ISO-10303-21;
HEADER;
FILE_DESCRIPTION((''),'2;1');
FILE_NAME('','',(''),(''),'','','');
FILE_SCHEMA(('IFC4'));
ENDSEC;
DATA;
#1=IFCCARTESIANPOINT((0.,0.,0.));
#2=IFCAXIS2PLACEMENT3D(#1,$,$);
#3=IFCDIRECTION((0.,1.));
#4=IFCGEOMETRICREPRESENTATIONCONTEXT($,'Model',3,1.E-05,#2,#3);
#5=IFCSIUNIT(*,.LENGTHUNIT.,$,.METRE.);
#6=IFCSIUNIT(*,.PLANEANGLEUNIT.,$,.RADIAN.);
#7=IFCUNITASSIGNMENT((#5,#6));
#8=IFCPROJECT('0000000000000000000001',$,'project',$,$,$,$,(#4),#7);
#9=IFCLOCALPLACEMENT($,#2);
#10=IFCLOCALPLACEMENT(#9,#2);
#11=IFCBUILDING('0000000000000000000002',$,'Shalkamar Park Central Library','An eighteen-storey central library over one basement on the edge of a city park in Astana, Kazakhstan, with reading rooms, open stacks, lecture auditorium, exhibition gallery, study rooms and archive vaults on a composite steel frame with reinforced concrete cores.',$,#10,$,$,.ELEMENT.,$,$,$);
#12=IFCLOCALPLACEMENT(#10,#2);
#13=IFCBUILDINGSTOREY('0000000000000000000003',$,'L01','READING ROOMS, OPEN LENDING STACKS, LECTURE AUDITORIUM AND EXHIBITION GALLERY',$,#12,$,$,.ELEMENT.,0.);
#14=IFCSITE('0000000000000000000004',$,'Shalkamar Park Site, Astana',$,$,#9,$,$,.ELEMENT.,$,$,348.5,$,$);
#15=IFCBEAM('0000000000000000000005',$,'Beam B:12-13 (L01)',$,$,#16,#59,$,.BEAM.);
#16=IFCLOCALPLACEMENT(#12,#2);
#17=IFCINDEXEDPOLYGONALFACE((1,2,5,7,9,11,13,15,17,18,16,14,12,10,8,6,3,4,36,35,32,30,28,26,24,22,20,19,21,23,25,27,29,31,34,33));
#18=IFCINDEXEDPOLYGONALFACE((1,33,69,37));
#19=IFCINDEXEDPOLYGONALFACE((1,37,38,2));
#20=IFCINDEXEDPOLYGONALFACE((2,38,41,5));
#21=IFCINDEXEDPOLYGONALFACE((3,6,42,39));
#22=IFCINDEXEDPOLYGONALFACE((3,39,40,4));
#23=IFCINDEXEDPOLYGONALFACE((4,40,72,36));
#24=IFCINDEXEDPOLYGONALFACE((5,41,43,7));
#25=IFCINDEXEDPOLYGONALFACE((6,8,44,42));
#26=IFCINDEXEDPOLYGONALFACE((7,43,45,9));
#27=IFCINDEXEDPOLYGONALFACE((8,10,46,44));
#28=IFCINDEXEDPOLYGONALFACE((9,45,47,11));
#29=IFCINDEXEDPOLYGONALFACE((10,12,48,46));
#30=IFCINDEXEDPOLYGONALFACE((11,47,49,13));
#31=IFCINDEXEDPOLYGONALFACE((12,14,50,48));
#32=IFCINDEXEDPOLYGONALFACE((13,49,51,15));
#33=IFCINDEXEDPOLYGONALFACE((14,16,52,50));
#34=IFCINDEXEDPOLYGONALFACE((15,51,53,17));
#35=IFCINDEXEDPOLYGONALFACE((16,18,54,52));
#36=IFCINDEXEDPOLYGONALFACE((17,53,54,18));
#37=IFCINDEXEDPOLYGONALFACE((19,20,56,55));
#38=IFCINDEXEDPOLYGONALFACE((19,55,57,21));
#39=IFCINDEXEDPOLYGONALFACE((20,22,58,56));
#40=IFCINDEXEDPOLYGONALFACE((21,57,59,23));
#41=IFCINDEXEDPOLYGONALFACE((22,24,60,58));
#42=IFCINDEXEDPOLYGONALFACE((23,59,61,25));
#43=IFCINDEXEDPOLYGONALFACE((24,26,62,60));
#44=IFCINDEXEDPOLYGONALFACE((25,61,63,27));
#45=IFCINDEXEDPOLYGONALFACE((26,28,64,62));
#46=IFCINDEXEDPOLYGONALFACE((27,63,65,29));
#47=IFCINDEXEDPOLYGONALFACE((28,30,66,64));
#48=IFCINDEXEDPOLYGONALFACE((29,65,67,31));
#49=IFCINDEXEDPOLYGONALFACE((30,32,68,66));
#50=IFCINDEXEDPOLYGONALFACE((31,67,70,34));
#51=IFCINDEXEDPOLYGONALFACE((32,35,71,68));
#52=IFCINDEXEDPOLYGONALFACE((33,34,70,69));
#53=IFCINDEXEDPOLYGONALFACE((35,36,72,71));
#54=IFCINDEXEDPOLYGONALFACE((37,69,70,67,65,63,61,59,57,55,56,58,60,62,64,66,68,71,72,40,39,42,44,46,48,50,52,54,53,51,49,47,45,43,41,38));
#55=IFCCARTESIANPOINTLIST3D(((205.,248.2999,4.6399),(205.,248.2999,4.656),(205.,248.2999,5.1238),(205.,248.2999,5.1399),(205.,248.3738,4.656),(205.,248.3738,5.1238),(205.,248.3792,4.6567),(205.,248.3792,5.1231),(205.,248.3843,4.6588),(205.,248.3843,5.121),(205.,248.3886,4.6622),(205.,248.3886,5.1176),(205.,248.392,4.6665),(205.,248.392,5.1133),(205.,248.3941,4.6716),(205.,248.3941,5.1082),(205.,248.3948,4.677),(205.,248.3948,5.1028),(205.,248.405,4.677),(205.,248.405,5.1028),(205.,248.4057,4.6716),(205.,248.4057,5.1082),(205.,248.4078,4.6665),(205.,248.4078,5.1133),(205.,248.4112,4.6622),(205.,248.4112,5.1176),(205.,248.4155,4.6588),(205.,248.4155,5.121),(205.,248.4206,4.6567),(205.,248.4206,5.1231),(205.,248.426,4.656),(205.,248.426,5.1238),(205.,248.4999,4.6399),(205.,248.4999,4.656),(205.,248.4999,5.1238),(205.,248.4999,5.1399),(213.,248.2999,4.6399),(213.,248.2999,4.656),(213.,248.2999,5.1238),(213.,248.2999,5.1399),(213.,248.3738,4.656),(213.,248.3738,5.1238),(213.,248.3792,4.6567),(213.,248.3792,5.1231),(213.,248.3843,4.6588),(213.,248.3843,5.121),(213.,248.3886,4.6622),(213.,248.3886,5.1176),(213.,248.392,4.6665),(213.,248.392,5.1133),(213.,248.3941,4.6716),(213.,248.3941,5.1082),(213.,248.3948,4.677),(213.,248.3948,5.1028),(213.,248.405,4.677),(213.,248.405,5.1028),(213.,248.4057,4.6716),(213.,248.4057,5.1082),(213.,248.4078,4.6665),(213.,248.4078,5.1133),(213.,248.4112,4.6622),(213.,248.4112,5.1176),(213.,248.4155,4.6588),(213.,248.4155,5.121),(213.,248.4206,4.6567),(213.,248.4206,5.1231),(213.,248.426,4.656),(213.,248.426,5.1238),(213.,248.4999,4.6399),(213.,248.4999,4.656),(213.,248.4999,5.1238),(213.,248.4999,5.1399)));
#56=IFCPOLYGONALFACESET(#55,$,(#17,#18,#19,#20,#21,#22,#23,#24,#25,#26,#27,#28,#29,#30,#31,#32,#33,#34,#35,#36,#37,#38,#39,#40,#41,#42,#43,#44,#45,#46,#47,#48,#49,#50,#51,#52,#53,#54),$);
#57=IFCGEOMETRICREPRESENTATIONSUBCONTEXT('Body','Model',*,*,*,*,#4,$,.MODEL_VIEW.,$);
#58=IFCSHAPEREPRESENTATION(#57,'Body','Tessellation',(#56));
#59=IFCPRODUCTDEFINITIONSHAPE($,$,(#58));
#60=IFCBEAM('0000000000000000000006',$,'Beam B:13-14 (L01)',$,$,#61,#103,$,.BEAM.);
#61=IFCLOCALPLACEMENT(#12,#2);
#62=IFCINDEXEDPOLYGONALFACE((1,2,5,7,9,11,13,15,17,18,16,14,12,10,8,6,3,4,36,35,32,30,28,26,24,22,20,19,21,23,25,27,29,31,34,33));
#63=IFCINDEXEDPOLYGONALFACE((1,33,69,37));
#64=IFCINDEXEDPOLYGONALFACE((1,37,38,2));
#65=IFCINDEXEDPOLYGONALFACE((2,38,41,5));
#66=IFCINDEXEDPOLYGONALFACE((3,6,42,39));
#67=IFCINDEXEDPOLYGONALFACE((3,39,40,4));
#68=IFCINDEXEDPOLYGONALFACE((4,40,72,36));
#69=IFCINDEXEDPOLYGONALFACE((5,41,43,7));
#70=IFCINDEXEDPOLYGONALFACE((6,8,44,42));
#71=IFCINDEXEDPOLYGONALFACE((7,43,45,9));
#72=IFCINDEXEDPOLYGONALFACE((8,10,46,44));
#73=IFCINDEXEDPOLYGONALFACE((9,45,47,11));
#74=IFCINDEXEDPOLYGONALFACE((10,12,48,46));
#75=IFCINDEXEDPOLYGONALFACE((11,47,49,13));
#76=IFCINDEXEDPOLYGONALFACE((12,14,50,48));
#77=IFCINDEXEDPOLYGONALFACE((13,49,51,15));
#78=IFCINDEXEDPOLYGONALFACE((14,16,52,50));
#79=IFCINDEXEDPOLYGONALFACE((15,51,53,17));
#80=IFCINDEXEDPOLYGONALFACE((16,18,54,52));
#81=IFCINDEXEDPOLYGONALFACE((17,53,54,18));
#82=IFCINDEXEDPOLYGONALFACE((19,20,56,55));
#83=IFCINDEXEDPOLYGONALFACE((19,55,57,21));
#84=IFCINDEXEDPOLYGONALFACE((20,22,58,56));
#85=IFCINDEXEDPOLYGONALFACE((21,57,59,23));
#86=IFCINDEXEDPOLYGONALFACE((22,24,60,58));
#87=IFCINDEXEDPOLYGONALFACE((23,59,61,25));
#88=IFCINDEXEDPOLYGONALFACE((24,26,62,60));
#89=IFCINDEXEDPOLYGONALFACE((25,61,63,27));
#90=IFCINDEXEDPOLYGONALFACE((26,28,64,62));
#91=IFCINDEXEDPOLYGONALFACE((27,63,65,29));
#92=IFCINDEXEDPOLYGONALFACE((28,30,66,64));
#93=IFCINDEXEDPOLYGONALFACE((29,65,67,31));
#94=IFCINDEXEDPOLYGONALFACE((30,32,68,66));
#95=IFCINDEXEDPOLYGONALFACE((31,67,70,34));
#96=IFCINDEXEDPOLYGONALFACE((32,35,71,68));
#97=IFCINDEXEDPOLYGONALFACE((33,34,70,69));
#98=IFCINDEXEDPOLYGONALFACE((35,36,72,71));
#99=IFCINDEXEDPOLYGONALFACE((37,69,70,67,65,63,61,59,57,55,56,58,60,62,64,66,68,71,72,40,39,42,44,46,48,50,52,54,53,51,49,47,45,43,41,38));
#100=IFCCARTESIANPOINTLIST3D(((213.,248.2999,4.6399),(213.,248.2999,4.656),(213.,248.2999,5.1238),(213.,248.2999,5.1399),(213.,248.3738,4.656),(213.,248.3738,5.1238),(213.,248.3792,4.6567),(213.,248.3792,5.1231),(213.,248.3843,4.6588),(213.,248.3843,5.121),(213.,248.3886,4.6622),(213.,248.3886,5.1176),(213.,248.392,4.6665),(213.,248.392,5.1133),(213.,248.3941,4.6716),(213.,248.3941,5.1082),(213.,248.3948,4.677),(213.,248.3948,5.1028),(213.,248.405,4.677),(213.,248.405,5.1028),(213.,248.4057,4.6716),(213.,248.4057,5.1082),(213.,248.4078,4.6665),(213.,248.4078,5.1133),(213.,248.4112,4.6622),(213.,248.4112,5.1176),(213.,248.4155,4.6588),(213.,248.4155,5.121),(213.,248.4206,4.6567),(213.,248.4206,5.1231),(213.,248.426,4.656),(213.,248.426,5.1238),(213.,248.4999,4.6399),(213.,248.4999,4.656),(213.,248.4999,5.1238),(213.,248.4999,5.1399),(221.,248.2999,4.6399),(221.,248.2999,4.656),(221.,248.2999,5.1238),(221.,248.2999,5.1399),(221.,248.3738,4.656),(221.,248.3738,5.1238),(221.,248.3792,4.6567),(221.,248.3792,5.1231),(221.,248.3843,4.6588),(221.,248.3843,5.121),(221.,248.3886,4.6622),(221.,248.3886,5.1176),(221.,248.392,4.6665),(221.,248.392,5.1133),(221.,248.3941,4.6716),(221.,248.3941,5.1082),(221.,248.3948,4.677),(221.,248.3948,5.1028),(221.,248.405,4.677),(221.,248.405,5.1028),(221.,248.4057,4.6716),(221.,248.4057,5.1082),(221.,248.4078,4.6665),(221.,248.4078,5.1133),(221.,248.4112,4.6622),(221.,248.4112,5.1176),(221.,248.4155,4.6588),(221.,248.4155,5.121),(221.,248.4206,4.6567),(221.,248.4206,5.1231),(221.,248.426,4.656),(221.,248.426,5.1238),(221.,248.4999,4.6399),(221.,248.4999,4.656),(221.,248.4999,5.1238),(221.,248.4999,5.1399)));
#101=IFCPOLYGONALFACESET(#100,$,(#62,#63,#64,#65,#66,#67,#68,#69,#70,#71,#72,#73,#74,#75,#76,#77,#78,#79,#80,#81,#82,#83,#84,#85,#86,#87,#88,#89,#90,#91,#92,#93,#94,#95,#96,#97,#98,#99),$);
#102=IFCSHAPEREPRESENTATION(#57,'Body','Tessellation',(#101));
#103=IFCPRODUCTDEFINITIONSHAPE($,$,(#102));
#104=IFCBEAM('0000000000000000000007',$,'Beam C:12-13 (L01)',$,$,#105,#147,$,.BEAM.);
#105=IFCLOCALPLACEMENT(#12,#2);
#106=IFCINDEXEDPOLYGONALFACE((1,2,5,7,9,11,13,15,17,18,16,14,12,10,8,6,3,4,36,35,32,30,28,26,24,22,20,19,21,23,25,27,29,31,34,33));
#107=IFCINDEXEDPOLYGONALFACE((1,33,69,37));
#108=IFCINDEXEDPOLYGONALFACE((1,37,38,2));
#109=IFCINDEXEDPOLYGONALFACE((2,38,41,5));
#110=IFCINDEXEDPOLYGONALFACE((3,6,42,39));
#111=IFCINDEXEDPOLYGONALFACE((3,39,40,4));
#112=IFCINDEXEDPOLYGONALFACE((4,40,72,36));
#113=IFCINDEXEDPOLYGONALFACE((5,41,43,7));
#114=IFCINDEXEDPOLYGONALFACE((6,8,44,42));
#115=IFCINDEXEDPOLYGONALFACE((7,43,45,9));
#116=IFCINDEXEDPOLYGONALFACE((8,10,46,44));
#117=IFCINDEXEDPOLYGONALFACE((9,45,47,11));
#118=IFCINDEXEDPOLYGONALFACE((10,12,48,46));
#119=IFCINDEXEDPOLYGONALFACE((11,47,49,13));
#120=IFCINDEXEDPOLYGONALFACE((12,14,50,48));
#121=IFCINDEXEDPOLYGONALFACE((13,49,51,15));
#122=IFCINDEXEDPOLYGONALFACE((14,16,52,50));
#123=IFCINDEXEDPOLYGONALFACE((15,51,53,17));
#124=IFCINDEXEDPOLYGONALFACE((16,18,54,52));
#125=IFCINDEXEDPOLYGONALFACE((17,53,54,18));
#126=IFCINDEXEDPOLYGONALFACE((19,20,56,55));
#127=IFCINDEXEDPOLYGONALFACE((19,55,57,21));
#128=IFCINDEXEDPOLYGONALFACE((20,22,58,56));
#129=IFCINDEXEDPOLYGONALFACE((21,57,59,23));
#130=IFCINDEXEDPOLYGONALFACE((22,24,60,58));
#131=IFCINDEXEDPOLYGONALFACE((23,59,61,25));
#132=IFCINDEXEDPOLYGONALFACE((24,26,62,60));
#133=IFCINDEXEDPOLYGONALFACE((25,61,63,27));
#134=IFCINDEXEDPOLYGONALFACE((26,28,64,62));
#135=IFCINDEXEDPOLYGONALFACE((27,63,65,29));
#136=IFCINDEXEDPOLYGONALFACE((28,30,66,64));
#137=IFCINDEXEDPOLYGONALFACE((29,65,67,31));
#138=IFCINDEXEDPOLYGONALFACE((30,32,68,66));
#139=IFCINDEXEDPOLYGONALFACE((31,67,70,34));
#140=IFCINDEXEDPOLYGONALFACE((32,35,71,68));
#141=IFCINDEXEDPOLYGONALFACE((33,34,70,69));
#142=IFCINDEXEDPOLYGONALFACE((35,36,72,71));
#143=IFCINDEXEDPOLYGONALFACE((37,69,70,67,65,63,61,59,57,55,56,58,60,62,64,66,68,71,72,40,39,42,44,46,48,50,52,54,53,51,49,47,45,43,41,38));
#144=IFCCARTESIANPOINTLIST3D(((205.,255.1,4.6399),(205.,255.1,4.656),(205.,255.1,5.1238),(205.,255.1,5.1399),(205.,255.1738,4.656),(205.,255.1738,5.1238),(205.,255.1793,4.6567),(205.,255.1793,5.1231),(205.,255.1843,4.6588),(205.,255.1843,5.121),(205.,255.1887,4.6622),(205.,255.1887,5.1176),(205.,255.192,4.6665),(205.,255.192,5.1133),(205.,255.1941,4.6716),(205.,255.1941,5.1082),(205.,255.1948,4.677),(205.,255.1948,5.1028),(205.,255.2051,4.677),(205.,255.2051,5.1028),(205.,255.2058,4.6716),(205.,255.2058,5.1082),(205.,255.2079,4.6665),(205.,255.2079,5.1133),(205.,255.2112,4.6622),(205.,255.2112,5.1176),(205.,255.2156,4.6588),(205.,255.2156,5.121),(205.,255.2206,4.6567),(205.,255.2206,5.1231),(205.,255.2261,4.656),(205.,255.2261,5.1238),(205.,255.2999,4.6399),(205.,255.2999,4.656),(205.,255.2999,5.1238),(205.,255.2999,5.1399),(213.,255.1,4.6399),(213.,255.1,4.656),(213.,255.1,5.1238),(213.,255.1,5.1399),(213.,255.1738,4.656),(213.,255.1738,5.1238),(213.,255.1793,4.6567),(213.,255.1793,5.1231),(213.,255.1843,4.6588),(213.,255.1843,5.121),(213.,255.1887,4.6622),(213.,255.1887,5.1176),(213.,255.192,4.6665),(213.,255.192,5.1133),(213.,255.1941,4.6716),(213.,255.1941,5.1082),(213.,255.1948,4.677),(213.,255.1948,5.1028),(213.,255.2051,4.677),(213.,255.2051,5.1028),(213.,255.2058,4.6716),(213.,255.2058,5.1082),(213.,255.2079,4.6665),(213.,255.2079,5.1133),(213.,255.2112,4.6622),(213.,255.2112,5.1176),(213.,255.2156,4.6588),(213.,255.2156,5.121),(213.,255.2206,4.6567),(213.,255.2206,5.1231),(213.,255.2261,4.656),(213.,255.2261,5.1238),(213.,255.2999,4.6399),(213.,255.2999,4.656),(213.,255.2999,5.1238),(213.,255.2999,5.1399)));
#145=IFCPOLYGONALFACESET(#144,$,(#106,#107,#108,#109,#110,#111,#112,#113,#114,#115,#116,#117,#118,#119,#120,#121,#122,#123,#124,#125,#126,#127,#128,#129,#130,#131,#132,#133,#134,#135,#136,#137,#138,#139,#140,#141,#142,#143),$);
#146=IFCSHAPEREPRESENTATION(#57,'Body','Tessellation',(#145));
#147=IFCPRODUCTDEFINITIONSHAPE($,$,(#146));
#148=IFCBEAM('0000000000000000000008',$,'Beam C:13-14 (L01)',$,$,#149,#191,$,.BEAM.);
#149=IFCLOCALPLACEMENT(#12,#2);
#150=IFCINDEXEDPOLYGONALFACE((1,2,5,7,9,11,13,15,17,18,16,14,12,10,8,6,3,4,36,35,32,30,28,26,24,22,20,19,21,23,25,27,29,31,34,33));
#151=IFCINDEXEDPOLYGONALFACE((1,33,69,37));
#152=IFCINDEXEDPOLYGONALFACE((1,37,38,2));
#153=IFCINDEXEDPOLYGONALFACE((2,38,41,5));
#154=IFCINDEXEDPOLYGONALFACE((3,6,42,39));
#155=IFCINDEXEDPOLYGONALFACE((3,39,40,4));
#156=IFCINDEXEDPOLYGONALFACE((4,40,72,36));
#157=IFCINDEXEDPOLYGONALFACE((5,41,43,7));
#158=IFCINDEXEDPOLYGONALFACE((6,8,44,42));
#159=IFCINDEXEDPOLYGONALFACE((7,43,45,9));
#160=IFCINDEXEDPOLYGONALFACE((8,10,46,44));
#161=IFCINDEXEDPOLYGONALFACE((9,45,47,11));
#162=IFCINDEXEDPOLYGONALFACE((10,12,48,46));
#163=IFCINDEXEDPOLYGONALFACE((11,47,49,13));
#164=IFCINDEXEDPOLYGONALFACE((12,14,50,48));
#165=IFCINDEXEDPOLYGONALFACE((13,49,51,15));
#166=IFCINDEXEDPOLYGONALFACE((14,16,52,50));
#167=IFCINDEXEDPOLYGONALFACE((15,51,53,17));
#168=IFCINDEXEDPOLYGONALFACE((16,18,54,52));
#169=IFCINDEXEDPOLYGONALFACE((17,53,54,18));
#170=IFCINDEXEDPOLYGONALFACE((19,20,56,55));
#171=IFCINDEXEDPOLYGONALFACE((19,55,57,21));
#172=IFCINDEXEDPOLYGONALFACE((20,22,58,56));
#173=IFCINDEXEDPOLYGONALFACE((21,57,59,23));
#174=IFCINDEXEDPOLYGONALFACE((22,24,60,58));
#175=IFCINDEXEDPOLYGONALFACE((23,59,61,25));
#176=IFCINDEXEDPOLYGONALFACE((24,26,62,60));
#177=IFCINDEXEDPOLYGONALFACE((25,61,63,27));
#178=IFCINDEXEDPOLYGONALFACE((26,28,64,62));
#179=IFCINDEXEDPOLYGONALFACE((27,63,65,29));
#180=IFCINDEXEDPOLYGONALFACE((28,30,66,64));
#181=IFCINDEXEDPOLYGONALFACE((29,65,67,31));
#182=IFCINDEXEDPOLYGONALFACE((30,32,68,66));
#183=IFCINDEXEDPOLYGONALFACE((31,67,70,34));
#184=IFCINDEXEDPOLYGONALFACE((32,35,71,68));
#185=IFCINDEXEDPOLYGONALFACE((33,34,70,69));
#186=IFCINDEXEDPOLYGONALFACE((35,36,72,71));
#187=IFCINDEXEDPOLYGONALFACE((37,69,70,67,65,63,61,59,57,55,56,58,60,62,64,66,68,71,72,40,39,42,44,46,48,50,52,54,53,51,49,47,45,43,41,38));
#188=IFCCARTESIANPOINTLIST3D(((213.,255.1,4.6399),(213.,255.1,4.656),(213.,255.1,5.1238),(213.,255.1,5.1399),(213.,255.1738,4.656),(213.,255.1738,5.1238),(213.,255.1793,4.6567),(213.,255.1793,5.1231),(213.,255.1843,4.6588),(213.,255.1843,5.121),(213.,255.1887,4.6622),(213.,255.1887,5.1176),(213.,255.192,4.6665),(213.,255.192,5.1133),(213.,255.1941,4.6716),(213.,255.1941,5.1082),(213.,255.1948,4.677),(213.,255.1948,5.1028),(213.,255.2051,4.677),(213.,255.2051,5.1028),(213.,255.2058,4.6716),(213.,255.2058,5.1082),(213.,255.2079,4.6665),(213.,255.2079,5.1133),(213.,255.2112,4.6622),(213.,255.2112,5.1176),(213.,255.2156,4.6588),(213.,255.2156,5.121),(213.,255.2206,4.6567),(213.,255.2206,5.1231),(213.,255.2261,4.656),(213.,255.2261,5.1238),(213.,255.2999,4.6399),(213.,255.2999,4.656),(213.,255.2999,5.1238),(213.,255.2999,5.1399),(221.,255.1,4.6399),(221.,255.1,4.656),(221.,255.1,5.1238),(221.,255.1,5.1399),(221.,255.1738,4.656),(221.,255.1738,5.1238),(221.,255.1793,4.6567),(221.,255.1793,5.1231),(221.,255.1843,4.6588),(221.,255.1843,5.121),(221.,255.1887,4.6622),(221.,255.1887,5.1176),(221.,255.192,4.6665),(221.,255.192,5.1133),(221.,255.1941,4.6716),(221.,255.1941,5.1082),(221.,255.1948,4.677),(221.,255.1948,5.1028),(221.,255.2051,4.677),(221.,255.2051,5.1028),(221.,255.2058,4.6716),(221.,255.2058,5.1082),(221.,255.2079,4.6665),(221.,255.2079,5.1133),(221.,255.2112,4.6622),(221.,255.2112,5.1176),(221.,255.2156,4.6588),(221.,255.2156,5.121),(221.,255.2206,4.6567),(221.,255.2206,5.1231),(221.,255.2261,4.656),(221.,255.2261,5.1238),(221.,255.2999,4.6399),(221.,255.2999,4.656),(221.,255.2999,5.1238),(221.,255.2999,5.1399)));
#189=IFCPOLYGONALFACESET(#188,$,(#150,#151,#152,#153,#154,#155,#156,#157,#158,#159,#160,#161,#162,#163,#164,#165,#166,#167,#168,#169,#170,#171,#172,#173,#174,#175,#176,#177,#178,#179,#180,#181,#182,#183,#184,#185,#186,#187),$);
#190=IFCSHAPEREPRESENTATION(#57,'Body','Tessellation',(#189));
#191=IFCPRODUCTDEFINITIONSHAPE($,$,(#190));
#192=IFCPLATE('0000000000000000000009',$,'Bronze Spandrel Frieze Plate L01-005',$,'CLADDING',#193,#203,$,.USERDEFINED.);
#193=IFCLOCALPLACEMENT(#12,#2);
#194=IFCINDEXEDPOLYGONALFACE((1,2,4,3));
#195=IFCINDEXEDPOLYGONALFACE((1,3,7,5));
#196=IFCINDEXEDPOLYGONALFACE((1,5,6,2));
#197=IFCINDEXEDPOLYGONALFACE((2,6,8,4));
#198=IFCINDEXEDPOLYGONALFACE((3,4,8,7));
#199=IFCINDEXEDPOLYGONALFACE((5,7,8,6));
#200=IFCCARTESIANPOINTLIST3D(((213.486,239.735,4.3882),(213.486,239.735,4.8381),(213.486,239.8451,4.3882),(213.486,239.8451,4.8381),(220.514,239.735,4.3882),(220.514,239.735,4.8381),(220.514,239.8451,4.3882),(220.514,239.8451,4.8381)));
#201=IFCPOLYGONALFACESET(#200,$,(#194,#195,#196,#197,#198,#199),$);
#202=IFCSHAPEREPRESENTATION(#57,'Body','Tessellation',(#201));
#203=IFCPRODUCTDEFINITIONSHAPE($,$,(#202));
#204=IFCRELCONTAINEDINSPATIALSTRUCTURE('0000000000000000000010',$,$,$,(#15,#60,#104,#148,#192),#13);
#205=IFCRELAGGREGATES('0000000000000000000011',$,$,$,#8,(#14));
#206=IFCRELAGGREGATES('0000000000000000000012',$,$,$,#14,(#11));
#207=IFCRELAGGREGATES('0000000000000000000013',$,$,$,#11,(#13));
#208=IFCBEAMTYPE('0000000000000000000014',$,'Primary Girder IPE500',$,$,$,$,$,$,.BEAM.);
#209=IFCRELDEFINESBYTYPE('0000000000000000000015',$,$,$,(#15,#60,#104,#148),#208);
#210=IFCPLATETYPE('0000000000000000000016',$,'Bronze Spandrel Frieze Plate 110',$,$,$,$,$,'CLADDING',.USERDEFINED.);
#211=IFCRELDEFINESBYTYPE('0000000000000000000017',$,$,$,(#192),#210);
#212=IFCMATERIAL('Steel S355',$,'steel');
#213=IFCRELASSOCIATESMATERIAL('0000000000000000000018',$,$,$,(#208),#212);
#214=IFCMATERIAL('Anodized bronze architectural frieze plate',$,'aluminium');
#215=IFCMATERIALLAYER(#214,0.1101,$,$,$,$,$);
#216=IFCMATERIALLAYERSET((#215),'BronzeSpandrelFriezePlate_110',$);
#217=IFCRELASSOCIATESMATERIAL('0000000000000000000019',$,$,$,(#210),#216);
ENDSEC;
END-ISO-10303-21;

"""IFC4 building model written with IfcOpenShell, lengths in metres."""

from ifc_helpers import new_model, si_unit, direction, frame, origin, origin_2d, place, context, subcontext, project, spatial, rectangle, i_section, extrude, material, layer, layer_set, material_profile, profile_set, type_object, element, save


model = new_model("IFC4")

# Units and contexts
model_context = context("Model", 3, precision=1e-05, world=origin(), true_north=direction((0.0, 1.0)))
body_context = subcontext(model_context, "Body", "Model", "MODEL_VIEW")
ifc_project = project(units=[si_unit("LENGTHUNIT", "METRE"), si_unit("PLANEANGLEUNIT", "RADIAN")], contexts=[model_context])

# Site, building, storey
site_placement = place(None, origin())
site = spatial("IfcSite", under=ifc_project, at=site_placement, Name="Shalkamar Park Site, Astana", CompositionType="ELEMENT", RefElevation=348.5)
building_placement = place(site_placement, origin())
building = spatial("IfcBuilding", under=site, at=building_placement, Name="Shalkamar Park Central Library", Description="An eighteen-storey central library over one basement on the edge of a city park in Astana, Kazakhstan, with reading rooms, open stacks, lecture auditorium, exhibition gallery, study rooms and archive vaults on a composite steel frame with reinforced concrete cores.", CompositionType="ELEMENT")
storey_placement = place(building_placement, origin())
storey = spatial("IfcBuildingStorey", under=building, at=storey_placement, Name="L01", Description="READING ROOMS, OPEN LENDING STACKS, LECTURE AUDITORIUM AND EXHIBITION GALLERY", CompositionType="ELEMENT", Elevation=0.0)

# Shared definitions
ifc_material_1 = material(Name="Steel S355", Category="steel")

# Beams
ifc_material_profile_1 = material_profile(ifc_material_1, i_section(OverallWidth=0.2, OverallDepth=0.5, WebThickness=0.0103, FlangeThickness=0.0161, FilletRadius=0.021, at=origin_2d()), Name="IPE 500")
ifc_profile_set_1 = profile_set([ifc_material_profile_1], Name="Steel S355")
beam_type_1 = type_object("IfcBeamType", Name="Primary Girder IPE500", PredefinedType="BEAM", material=ifc_profile_set_1)
for number, where, z_axis, x_axis, name in (
    (1, (205.0, 248.3999, 4.8899), (1.0, 0.0, 0.0), (0.0, 1.0, 0.0), "Beam B:12-13 (L01)"),
    (2, (213.0, 248.3999, 4.8899), (1.0, 0.0, 0.0), (0.0, 1.0, 0.0), "Beam B:13-14 (L01)"),
    (3, (205.0, 255.2, 4.8899), (1.0, 0.0, 0.0), (0.0, 1.0, 0.0), "Beam C:12-13 (L01)"),
    (4, (213.0, 255.2, 4.8899), (1.0, 0.0, 0.0), (0.0, 1.0, 0.0), "Beam C:13-14 (L01)"),
):
    element("IfcBeam", number, at=place(storey_placement, frame(where, z_axis=z_axis, x_axis=x_axis)), inside=storey, type_object=beam_type_1, Name=name, PredefinedType="BEAM", context=body_context, shape_type="SweptSolid", body=[
        extrude(i_section(OverallWidth=0.2, OverallDepth=0.5, WebThickness=0.0103, FlangeThickness=0.0161, FilletRadius=0.021, at=origin_2d()), origin(), (0.0, 0.0, 1.0), 8.0),
    ])

# Plate
ifc_material_2 = material(Name="Anodized bronze architectural frieze plate", Category="aluminium")
ifc_layer_1 = layer(ifc_material_2, 0.1101)
ifc_layer_set_1 = layer_set([ifc_layer_1], Name="BronzeSpandrelFriezePlate_110")
plate_type = type_object("IfcPlateType", Name="Bronze Spandrel Frieze Plate 110", ElementType="CLADDING", PredefinedType="USERDEFINED", material=ifc_layer_set_1)
plate_placement = place(storey_placement, frame((217.0, 239.79, 4.3882), z_axis=(0.0, 0.0, 1.0), x_axis=(1.0, 0.0, 0.0)))
element("IfcPlate", 5, at=plate_placement, inside=storey, type_object=plate_type, Name="Bronze Spandrel Frieze Plate L01-005", ObjectType="CLADDING", PredefinedType="USERDEFINED", context=body_context, shape_type="SweptSolid", body=[
    extrude(rectangle(XDim=7.0281, YDim=0.1101, at=origin_2d()), origin(), (0.0, 0.0, 1.0), 0.45),
])

save(model, "model.ifc")
